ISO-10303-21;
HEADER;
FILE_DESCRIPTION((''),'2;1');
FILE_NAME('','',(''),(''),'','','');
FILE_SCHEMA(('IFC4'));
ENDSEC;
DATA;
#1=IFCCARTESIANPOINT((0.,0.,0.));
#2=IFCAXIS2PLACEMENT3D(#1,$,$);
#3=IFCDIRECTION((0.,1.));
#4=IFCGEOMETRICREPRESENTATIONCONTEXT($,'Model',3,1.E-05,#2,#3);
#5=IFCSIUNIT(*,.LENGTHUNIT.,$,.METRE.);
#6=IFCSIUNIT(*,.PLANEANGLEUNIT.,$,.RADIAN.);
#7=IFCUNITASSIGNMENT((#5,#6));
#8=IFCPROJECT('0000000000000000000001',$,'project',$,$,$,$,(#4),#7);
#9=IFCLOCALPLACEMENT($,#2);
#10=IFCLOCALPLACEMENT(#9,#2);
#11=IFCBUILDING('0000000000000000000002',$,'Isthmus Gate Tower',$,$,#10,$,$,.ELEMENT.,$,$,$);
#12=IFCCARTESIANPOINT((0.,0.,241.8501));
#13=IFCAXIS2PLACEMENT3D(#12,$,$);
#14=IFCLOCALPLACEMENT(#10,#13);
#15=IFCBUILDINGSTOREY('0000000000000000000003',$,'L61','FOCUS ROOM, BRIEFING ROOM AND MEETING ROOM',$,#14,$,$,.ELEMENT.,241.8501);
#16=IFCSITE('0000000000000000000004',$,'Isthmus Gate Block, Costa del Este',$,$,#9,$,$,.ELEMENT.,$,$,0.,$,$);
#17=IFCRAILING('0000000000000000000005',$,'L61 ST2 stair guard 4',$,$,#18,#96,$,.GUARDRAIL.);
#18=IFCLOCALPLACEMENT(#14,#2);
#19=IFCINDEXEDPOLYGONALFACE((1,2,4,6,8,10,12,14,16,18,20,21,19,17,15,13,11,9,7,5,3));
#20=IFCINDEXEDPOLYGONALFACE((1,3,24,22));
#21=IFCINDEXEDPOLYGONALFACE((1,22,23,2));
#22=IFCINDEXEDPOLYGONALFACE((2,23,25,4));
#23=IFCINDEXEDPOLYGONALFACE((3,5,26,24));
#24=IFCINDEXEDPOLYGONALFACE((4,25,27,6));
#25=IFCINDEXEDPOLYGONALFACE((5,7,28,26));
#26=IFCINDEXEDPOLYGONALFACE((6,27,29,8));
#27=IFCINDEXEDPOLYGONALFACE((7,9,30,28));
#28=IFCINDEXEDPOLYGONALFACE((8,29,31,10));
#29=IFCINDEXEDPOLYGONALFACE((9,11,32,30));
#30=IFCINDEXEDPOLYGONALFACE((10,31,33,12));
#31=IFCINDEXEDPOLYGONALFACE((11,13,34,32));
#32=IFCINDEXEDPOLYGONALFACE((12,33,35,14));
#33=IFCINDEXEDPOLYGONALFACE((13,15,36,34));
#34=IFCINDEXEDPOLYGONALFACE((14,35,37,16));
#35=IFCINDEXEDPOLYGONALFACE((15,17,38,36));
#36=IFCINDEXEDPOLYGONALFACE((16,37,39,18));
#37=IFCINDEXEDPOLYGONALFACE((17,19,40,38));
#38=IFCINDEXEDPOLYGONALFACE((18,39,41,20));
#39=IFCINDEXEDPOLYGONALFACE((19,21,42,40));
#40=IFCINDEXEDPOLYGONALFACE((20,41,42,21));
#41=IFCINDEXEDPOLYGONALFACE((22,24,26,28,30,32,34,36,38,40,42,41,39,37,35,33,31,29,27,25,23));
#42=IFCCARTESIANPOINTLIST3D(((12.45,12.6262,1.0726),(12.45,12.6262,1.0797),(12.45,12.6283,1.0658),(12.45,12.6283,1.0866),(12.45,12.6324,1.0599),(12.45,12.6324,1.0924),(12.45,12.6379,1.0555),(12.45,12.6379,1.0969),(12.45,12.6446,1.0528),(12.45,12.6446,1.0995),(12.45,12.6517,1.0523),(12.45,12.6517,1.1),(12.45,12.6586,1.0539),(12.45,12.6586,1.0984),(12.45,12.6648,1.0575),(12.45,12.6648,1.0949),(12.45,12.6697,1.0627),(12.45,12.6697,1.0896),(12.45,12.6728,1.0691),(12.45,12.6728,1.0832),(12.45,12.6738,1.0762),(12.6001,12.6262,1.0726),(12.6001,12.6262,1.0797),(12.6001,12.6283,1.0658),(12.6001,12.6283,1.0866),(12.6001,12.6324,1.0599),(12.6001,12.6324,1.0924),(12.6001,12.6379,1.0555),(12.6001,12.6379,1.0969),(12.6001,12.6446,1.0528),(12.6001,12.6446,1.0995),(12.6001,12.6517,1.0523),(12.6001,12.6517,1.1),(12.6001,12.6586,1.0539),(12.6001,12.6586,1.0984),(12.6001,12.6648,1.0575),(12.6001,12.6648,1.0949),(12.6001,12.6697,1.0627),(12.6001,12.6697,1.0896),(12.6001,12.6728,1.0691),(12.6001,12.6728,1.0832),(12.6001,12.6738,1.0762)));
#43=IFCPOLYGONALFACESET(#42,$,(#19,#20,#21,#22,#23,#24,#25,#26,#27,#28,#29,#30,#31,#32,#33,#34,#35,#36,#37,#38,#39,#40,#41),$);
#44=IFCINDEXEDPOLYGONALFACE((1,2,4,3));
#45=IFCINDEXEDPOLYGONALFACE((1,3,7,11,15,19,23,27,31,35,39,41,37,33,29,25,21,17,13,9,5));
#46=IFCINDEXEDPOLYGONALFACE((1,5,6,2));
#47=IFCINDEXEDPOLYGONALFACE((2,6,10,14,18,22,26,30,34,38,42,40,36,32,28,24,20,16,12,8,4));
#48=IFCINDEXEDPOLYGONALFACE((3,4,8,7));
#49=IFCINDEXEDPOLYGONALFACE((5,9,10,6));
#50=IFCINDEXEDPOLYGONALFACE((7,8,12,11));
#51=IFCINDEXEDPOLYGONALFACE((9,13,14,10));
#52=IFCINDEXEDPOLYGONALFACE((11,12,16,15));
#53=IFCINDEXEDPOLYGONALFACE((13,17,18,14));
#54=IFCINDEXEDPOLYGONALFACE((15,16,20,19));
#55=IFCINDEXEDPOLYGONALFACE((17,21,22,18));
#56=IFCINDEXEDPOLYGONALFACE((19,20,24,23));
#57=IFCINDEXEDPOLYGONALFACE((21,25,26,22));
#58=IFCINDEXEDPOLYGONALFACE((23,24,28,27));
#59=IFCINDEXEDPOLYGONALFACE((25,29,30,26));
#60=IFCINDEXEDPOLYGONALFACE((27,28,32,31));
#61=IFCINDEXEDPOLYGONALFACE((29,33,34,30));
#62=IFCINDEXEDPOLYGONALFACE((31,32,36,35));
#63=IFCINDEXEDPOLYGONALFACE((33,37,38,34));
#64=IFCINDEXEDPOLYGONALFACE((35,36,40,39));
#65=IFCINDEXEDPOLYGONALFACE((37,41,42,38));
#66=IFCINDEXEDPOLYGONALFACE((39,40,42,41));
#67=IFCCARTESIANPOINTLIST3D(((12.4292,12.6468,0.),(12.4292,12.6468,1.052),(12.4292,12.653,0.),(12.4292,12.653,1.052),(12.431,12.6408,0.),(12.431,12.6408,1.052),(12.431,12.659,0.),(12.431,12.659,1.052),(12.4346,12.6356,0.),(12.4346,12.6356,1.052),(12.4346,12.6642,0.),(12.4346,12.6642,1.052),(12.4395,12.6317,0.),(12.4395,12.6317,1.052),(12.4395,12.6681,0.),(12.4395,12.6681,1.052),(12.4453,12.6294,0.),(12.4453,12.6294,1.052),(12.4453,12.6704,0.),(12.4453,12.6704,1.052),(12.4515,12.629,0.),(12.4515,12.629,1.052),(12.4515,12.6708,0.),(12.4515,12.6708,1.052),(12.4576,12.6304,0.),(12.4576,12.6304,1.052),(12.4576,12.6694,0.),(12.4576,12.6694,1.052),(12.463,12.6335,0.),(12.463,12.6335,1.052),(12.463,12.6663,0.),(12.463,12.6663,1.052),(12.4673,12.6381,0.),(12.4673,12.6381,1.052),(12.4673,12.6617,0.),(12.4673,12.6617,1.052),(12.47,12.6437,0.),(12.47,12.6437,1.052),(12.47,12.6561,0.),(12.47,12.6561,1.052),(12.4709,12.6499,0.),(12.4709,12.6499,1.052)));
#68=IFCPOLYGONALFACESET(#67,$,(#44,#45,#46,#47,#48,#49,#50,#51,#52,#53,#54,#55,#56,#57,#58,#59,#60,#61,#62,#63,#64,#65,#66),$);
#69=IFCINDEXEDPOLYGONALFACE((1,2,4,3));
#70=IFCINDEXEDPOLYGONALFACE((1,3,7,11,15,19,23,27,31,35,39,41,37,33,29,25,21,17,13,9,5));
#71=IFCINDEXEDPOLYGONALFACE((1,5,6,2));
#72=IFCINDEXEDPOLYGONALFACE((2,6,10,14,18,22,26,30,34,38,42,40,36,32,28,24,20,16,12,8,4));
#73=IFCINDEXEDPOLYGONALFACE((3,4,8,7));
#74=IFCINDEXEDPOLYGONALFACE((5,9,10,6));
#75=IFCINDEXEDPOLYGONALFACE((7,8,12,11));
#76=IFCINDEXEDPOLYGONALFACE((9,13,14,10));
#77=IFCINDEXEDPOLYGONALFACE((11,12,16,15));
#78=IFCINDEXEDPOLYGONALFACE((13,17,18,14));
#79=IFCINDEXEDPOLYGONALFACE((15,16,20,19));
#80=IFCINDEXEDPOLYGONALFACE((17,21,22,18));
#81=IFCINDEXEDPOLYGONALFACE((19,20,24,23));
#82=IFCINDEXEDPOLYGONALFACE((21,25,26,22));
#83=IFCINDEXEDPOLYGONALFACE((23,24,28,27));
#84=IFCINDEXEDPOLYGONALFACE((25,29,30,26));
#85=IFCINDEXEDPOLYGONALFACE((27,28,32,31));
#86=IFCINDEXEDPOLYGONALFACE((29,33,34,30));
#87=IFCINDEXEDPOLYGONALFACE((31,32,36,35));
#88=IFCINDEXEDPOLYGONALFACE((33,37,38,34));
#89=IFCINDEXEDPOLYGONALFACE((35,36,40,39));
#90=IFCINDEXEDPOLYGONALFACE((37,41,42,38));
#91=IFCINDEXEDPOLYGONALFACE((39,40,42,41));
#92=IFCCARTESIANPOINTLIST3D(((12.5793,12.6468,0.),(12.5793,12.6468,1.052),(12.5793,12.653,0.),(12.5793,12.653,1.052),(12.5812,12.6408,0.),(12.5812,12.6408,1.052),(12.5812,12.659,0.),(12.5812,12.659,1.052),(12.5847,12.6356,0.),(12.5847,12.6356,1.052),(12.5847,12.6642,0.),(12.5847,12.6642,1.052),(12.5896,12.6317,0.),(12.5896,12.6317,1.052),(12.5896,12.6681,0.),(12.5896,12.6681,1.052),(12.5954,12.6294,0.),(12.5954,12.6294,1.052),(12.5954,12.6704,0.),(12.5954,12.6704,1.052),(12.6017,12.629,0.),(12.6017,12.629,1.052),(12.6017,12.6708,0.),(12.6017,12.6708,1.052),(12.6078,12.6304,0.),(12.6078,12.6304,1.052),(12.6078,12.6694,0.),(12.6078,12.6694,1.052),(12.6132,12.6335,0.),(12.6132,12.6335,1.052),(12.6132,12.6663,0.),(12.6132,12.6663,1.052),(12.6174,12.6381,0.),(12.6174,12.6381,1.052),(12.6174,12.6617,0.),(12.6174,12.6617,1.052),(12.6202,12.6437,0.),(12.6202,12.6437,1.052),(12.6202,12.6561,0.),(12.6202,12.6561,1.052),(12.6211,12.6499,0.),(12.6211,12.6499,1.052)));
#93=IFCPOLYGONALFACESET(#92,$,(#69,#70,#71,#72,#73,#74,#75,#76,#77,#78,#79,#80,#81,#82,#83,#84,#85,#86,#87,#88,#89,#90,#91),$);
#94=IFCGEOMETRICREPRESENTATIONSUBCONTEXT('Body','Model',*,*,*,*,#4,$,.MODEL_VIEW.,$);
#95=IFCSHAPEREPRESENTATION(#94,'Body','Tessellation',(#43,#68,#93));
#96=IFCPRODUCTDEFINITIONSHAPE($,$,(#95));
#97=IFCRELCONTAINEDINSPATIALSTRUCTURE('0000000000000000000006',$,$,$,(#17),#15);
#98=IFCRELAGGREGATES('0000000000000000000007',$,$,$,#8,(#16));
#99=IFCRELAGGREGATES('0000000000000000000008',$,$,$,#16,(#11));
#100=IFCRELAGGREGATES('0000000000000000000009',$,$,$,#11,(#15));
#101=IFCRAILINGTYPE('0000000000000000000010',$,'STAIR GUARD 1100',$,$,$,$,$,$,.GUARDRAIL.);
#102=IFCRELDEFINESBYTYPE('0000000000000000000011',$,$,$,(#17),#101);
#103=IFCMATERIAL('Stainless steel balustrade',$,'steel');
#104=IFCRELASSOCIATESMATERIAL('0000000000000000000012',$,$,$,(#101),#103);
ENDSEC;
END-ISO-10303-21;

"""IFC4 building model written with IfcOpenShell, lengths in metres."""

from ifc_helpers import new_model, si_unit, direction, frame, origin, origin_2d, place, context, subcontext, project, spatial, circle, extrude, material, type_object, element, save


model = new_model("IFC4")

# Units and contexts
model_context = context("Model", 3, precision=1e-05, world=origin(), true_north=direction((0.0, 1.0)))
body_context = subcontext(model_context, "Body", "Model", "MODEL_VIEW")
ifc_project = project(units=[si_unit("LENGTHUNIT", "METRE"), si_unit("PLANEANGLEUNIT", "RADIAN")], contexts=[model_context])

# Site, building, storey
site_placement = place(None, origin())
site = spatial("IfcSite", under=ifc_project, at=site_placement, Name="Isthmus Gate Block, Costa del Este", CompositionType="ELEMENT", RefElevation=0.0)
building_placement = place(site_placement, origin())
building = spatial("IfcBuilding", under=site, at=building_placement, Name="Isthmus Gate Tower", CompositionType="ELEMENT")
storey_placement = place(building_placement, frame((0.0, 0.0, 241.8501)))
storey = spatial("IfcBuildingStorey", under=building, at=storey_placement, Name="L61", Description="FOCUS ROOM, BRIEFING ROOM AND MEETING ROOM", CompositionType="ELEMENT", Elevation=241.8501)

# Railing
ifc_material_1 = material(Name="Stainless steel balustrade", Category="steel")
railing_type = type_object("IfcRailingType", Name="STAIR GUARD 1100", PredefinedType="GUARDRAIL", material=ifc_material_1)
railing_1_placement = place(storey_placement, frame((12.45, 12.6499, 0.0)))
element("IfcRailing", 1, at=railing_1_placement, inside=storey, type_object=railing_type, Name="L61 ST2 stair guard 4", PredefinedType="GUARDRAIL", context=body_context, shape_type="SweptSolid", body=[
    extrude(circle(Radius=0.0239, at=origin_2d()), frame((0.0, 0.0, 1.0762), z_axis=(1.0, 0.0, 0.0), x_axis=(0.0, 1.0, 0.0)), (0.0, 0.0, 1.0), 0.1501),
    extrude(circle(Radius=0.021, at=origin_2d()), origin(), (0.0, 0.0, 1.0), 1.052),
    extrude(circle(Radius=0.021, at=origin_2d()), frame((0.1501, 0.0, 0.0)), (0.0, 0.0, 1.0), 1.052),
])

save(model, "model.ifc")
